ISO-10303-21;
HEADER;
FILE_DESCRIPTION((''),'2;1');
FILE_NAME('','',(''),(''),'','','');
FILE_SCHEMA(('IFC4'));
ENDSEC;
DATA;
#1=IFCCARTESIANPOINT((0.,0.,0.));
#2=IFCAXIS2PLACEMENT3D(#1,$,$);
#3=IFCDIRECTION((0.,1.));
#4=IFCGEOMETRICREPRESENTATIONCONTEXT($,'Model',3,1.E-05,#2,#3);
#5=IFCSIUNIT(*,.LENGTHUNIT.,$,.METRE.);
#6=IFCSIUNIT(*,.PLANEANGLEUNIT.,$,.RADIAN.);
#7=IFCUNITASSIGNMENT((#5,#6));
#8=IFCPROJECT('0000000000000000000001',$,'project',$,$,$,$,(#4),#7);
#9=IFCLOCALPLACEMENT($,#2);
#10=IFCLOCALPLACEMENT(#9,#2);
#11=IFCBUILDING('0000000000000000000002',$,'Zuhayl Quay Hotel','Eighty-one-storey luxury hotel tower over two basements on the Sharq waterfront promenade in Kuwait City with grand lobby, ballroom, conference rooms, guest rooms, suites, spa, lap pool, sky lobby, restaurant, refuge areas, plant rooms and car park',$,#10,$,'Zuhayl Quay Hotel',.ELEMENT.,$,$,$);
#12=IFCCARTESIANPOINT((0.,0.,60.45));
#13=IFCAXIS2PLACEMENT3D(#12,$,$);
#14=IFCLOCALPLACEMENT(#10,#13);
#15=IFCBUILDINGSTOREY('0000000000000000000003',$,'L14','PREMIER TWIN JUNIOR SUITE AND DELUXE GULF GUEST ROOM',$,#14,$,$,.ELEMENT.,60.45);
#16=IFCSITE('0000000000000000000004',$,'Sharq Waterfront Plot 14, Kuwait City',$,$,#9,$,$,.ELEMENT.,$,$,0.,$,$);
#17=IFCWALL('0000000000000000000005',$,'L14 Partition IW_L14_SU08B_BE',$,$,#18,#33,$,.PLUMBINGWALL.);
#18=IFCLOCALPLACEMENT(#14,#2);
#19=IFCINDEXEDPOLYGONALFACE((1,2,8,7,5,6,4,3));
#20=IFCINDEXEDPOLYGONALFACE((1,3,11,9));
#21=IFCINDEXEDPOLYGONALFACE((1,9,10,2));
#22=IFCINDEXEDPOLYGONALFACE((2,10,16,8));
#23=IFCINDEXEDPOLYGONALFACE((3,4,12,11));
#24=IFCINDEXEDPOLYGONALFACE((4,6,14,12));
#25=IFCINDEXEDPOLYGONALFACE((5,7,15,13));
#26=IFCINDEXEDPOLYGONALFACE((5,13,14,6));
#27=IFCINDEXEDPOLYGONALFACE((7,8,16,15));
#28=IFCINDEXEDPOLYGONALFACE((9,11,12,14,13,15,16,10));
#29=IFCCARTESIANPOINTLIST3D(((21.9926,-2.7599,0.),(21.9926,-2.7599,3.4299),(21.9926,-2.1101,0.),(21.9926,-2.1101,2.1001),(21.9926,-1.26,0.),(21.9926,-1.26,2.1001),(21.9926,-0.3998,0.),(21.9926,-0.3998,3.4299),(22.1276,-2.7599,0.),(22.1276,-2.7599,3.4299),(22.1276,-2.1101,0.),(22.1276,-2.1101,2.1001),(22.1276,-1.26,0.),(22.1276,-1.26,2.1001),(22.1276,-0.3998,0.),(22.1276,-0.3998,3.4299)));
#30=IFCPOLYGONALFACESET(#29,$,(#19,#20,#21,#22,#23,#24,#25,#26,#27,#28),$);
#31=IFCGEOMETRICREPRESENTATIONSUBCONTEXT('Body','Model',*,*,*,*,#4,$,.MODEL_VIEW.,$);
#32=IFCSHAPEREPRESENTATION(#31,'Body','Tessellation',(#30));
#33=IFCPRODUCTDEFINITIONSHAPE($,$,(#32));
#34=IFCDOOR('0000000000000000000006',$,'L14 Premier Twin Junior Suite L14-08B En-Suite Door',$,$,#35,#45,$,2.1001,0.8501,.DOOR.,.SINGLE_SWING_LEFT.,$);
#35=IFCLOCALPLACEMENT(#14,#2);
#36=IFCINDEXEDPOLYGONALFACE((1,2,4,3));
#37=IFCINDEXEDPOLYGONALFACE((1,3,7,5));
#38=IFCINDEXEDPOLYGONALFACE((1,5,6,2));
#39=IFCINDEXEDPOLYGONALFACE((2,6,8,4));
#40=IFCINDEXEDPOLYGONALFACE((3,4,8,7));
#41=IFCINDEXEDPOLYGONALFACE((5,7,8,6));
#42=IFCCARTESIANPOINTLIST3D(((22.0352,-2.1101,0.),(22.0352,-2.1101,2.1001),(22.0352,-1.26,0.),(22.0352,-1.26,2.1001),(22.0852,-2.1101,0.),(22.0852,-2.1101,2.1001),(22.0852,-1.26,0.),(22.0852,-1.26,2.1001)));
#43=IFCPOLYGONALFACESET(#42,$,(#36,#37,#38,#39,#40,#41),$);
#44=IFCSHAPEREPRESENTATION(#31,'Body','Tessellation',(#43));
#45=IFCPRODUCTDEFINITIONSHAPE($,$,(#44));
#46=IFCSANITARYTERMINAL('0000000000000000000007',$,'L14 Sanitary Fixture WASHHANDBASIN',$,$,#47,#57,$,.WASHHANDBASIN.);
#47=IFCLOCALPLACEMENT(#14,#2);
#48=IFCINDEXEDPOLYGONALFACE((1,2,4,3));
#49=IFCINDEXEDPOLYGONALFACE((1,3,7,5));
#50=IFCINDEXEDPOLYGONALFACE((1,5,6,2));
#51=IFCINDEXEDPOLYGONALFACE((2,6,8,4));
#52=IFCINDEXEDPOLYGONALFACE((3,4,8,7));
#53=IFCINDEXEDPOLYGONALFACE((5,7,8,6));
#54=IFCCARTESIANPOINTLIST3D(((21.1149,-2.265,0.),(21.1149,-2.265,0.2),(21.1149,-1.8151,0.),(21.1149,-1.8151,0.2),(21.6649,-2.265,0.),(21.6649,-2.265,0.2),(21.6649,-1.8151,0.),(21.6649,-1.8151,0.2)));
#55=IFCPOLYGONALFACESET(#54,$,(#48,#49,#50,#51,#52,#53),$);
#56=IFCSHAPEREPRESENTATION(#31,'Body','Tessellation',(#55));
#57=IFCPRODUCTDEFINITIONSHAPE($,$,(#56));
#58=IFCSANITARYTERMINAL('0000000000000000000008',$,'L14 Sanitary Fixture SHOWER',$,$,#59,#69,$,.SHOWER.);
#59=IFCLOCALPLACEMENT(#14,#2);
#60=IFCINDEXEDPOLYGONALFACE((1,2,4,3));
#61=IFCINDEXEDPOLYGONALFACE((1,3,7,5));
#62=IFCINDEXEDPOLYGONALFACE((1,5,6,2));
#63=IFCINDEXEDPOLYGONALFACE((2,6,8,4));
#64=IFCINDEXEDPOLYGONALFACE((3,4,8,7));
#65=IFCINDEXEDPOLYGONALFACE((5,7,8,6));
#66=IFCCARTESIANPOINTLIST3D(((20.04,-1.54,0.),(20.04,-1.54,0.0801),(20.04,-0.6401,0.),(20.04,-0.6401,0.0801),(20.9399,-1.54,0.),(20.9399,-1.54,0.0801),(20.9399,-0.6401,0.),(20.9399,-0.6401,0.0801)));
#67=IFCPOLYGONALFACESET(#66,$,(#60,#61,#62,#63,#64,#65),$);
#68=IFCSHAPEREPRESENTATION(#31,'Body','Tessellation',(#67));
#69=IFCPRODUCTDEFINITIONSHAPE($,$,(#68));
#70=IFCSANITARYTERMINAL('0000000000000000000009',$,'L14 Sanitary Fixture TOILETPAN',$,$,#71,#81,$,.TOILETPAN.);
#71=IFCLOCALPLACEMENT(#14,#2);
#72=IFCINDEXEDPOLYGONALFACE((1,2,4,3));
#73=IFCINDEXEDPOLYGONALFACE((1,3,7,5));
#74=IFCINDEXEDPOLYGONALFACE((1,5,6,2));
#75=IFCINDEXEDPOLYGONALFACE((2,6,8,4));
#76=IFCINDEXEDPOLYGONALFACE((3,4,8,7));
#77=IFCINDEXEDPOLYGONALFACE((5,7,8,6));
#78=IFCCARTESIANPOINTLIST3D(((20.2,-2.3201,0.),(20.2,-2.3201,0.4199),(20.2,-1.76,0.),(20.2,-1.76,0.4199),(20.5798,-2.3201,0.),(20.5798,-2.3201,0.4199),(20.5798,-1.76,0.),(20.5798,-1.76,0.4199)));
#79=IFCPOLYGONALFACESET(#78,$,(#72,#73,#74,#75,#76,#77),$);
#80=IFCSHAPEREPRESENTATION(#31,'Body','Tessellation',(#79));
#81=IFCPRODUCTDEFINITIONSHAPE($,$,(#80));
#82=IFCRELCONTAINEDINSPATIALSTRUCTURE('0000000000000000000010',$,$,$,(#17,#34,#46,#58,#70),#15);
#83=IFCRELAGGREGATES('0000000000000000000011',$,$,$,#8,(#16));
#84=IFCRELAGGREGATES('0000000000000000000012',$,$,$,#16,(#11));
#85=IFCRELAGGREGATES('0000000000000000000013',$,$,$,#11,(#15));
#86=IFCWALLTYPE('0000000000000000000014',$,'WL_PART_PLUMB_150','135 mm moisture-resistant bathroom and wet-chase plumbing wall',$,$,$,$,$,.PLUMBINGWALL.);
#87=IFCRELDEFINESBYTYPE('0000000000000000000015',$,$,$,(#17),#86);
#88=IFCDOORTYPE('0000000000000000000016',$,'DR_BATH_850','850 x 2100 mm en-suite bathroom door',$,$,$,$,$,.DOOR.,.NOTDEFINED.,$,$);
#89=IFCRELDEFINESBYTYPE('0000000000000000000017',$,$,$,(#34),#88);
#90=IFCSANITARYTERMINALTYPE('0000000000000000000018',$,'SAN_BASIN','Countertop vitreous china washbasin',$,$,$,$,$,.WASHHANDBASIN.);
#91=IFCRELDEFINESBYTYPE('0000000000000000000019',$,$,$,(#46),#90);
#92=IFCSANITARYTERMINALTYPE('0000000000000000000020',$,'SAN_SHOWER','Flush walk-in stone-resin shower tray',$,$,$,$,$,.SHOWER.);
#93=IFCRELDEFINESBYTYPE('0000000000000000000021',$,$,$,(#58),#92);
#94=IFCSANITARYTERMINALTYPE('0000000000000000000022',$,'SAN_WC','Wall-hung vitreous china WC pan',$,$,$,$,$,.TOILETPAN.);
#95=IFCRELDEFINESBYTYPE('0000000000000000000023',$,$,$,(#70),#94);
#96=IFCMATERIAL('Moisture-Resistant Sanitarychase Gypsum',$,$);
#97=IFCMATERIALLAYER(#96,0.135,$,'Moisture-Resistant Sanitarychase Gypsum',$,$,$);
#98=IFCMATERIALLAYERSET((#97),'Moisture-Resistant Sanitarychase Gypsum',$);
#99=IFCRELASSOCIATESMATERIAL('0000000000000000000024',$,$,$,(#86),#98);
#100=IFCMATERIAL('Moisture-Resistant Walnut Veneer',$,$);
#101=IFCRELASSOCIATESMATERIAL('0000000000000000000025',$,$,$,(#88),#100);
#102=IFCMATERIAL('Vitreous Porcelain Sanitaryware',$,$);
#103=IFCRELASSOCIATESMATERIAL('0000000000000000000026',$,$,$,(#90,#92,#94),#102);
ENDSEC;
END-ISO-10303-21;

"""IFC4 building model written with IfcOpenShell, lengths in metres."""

from ifc_helpers import new_model, si_unit, direction, frame, frame_2d, origin, origin_2d, place, context, subcontext, project, spatial, rectangle, extrude, material, layer, layer_set, type_object, element, fill, save


model = new_model("IFC4")

# Units and contexts
model_context = context("Model", 3, precision=1e-05, world=origin(), true_north=direction((0.0, 1.0)))
body_context = subcontext(model_context, "Body", "Model", "MODEL_VIEW")
ifc_project = project(units=[si_unit("LENGTHUNIT", "METRE"), si_unit("PLANEANGLEUNIT", "RADIAN")], contexts=[model_context])

# Site, building, storey
site_placement = place(None, origin())
site = spatial("IfcSite", under=ifc_project, at=site_placement, Name="Sharq Waterfront Plot 14, Kuwait City", CompositionType="ELEMENT", RefElevation=0.0)
building_placement = place(site_placement, origin())
building = spatial("IfcBuilding", under=site, at=building_placement, Name="Zuhayl Quay Hotel", Description="Eighty-one-storey luxury hotel tower over two basements on the Sharq waterfront promenade in Kuwait City with grand lobby, ballroom, conference rooms, guest rooms, suites, spa, lap pool, sky lobby, restaurant, refuge areas, plant rooms and car park", LongName="Zuhayl Quay Hotel", CompositionType="ELEMENT")
storey_placement = place(building_placement, frame((0.0, 0.0, 60.45)))
storey = spatial("IfcBuildingStorey", under=building, at=storey_placement, Name="L14", Description="PREMIER TWIN JUNIOR SUITE AND DELUXE GULF GUEST ROOM", CompositionType="ELEMENT", Elevation=60.45)

# Wall, opening, door
ifc_material_1 = material(Name="Moisture-Resistant Sanitarychase Gypsum")
ifc_layer_1 = layer(ifc_material_1, 0.135, Name="Moisture-Resistant Sanitarychase Gypsum")
ifc_layer_set_1 = layer_set([ifc_layer_1], Name="Moisture-Resistant Sanitarychase Gypsum")
wall_type_1 = type_object("IfcWallType", Name="WL_PART_PLUMB_150", Description="135 mm moisture-resistant bathroom and wet-chase plumbing wall", PredefinedType="PLUMBINGWALL", material=ifc_layer_set_1)
wall_1_placement = place(storey_placement, frame((22.0601, -2.76, 0.0), z_axis=(0.0, 0.0, 1.0), x_axis=(0.0, 1.0, 0.0)))
wall_1 = element("IfcWall", 1, at=wall_1_placement, inside=storey, type_object=wall_type_1, Name="L14 Partition IW_L14_SU08B_BE", PredefinedType="PLUMBINGWALL", context=body_context, shape_type="SweptSolid", body=[
    extrude(rectangle(XDim=2.3601, YDim=0.135, at=frame_2d((1.1802, 0.0))), origin(), (0.0, 0.0, 1.0), 3.4299),
])
opening_placement = place(wall_1_placement, frame((0.6499, 0.0, 0.0)))
opening = element("IfcOpeningElement", 2, at=opening_placement, cuts=wall_1, PredefinedType="OPENING", context=body_context, shape_type="SweptSolid", body=[
    extrude(rectangle(XDim=0.8501, YDim=2.1001, at=frame_2d((0.425, 1.05))), frame((0.0, 0.0774, 0.0), z_axis=(0.0, -1.0, 0.0), x_axis=(1.0, 0.0, 0.0)), (0.0, 0.0, 1.0), 0.155),
])
ifc_material_2 = material(Name="Moisture-Resistant Walnut Veneer")
door_type = type_object("IfcDoorType", Name="DR_BATH_850", Description="850 x 2100 mm en-suite bathroom door", OperationType="NOTDEFINED", PredefinedType="DOOR", material=ifc_material_2)
door_placement = place(opening_placement, origin())
door = element("IfcDoor", 3, at=door_placement, inside=storey, type_object=door_type, Name="L14 Premier Twin Junior Suite L14-08B En-Suite Door", OperationType="SINGLE_SWING_LEFT", OverallHeight=2.1001, OverallWidth=0.8501, PredefinedType="DOOR", context=body_context, shape_type="SweptSolid", body=[
    extrude(rectangle(XDim=0.8501, YDim=2.1001, at=frame_2d((0.425, 1.05))), frame((0.0, 0.0249, 0.0), z_axis=(0.0, -1.0, 0.0), x_axis=(1.0, 0.0, 0.0)), (0.0, 0.0, 1.0), 0.05),
])
fill(opening, door)

# Sanitary terminals
ifc_material_3 = material(Name="Vitreous Porcelain Sanitaryware")
sanitary_terminal_type_1 = type_object("IfcSanitaryTerminalType", Name="SAN_BASIN", Description="Countertop vitreous china washbasin", PredefinedType="WASHHANDBASIN", material=ifc_material_3)
sanitary_terminal_1_placement = place(storey_placement, frame((21.3899, -2.04, 0.0), z_axis=(0.0, 0.0, 1.0), x_axis=(1.0, 0.0, 0.0)))
element("IfcSanitaryTerminal", 4, at=sanitary_terminal_1_placement, inside=storey, type_object=sanitary_terminal_type_1, Name="L14 Sanitary Fixture WASHHANDBASIN", PredefinedType="WASHHANDBASIN", context=body_context, shape_type="SweptSolid", body=[
    extrude(rectangle(XDim=0.55, YDim=0.45, at=origin_2d()), origin(), (0.0, 0.0, 1.0), 0.2),
])
sanitary_terminal_type_2 = type_object("IfcSanitaryTerminalType", Name="SAN_SHOWER", Description="Flush walk-in stone-resin shower tray", PredefinedType="SHOWER", material=ifc_material_3)
sanitary_terminal_2_placement = place(storey_placement, frame((20.49, -1.0901, 0.0), z_axis=(0.0, 0.0, 1.0), x_axis=(1.0, 0.0, 0.0)))
element("IfcSanitaryTerminal", 5, at=sanitary_terminal_2_placement, inside=storey, type_object=sanitary_terminal_type_2, Name="L14 Sanitary Fixture SHOWER", PredefinedType="SHOWER", context=body_context, shape_type="SweptSolid", body=[
    extrude(rectangle(XDim=0.8999, YDim=0.8999, at=origin_2d()), origin(), (0.0, 0.0, 1.0), 0.0801),
])
sanitary_terminal_type_3 = type_object("IfcSanitaryTerminalType", Name="SAN_WC", Description="Wall-hung vitreous china WC pan", PredefinedType="TOILETPAN", material=ifc_material_3)
sanitary_terminal_3_placement = place(storey_placement, frame((20.3899, -2.04, 0.0), z_axis=(0.0, 0.0, 1.0), x_axis=(1.0, 0.0, 0.0)))
element("IfcSanitaryTerminal", 6, at=sanitary_terminal_3_placement, inside=storey, type_object=sanitary_terminal_type_3, Name="L14 Sanitary Fixture TOILETPAN", PredefinedType="TOILETPAN", context=body_context, shape_type="SweptSolid", body=[
    extrude(rectangle(XDim=0.3799, YDim=0.5601, at=origin_2d()), origin(), (0.0, 0.0, 1.0), 0.4199),
])

save(model, "model.ifc")
